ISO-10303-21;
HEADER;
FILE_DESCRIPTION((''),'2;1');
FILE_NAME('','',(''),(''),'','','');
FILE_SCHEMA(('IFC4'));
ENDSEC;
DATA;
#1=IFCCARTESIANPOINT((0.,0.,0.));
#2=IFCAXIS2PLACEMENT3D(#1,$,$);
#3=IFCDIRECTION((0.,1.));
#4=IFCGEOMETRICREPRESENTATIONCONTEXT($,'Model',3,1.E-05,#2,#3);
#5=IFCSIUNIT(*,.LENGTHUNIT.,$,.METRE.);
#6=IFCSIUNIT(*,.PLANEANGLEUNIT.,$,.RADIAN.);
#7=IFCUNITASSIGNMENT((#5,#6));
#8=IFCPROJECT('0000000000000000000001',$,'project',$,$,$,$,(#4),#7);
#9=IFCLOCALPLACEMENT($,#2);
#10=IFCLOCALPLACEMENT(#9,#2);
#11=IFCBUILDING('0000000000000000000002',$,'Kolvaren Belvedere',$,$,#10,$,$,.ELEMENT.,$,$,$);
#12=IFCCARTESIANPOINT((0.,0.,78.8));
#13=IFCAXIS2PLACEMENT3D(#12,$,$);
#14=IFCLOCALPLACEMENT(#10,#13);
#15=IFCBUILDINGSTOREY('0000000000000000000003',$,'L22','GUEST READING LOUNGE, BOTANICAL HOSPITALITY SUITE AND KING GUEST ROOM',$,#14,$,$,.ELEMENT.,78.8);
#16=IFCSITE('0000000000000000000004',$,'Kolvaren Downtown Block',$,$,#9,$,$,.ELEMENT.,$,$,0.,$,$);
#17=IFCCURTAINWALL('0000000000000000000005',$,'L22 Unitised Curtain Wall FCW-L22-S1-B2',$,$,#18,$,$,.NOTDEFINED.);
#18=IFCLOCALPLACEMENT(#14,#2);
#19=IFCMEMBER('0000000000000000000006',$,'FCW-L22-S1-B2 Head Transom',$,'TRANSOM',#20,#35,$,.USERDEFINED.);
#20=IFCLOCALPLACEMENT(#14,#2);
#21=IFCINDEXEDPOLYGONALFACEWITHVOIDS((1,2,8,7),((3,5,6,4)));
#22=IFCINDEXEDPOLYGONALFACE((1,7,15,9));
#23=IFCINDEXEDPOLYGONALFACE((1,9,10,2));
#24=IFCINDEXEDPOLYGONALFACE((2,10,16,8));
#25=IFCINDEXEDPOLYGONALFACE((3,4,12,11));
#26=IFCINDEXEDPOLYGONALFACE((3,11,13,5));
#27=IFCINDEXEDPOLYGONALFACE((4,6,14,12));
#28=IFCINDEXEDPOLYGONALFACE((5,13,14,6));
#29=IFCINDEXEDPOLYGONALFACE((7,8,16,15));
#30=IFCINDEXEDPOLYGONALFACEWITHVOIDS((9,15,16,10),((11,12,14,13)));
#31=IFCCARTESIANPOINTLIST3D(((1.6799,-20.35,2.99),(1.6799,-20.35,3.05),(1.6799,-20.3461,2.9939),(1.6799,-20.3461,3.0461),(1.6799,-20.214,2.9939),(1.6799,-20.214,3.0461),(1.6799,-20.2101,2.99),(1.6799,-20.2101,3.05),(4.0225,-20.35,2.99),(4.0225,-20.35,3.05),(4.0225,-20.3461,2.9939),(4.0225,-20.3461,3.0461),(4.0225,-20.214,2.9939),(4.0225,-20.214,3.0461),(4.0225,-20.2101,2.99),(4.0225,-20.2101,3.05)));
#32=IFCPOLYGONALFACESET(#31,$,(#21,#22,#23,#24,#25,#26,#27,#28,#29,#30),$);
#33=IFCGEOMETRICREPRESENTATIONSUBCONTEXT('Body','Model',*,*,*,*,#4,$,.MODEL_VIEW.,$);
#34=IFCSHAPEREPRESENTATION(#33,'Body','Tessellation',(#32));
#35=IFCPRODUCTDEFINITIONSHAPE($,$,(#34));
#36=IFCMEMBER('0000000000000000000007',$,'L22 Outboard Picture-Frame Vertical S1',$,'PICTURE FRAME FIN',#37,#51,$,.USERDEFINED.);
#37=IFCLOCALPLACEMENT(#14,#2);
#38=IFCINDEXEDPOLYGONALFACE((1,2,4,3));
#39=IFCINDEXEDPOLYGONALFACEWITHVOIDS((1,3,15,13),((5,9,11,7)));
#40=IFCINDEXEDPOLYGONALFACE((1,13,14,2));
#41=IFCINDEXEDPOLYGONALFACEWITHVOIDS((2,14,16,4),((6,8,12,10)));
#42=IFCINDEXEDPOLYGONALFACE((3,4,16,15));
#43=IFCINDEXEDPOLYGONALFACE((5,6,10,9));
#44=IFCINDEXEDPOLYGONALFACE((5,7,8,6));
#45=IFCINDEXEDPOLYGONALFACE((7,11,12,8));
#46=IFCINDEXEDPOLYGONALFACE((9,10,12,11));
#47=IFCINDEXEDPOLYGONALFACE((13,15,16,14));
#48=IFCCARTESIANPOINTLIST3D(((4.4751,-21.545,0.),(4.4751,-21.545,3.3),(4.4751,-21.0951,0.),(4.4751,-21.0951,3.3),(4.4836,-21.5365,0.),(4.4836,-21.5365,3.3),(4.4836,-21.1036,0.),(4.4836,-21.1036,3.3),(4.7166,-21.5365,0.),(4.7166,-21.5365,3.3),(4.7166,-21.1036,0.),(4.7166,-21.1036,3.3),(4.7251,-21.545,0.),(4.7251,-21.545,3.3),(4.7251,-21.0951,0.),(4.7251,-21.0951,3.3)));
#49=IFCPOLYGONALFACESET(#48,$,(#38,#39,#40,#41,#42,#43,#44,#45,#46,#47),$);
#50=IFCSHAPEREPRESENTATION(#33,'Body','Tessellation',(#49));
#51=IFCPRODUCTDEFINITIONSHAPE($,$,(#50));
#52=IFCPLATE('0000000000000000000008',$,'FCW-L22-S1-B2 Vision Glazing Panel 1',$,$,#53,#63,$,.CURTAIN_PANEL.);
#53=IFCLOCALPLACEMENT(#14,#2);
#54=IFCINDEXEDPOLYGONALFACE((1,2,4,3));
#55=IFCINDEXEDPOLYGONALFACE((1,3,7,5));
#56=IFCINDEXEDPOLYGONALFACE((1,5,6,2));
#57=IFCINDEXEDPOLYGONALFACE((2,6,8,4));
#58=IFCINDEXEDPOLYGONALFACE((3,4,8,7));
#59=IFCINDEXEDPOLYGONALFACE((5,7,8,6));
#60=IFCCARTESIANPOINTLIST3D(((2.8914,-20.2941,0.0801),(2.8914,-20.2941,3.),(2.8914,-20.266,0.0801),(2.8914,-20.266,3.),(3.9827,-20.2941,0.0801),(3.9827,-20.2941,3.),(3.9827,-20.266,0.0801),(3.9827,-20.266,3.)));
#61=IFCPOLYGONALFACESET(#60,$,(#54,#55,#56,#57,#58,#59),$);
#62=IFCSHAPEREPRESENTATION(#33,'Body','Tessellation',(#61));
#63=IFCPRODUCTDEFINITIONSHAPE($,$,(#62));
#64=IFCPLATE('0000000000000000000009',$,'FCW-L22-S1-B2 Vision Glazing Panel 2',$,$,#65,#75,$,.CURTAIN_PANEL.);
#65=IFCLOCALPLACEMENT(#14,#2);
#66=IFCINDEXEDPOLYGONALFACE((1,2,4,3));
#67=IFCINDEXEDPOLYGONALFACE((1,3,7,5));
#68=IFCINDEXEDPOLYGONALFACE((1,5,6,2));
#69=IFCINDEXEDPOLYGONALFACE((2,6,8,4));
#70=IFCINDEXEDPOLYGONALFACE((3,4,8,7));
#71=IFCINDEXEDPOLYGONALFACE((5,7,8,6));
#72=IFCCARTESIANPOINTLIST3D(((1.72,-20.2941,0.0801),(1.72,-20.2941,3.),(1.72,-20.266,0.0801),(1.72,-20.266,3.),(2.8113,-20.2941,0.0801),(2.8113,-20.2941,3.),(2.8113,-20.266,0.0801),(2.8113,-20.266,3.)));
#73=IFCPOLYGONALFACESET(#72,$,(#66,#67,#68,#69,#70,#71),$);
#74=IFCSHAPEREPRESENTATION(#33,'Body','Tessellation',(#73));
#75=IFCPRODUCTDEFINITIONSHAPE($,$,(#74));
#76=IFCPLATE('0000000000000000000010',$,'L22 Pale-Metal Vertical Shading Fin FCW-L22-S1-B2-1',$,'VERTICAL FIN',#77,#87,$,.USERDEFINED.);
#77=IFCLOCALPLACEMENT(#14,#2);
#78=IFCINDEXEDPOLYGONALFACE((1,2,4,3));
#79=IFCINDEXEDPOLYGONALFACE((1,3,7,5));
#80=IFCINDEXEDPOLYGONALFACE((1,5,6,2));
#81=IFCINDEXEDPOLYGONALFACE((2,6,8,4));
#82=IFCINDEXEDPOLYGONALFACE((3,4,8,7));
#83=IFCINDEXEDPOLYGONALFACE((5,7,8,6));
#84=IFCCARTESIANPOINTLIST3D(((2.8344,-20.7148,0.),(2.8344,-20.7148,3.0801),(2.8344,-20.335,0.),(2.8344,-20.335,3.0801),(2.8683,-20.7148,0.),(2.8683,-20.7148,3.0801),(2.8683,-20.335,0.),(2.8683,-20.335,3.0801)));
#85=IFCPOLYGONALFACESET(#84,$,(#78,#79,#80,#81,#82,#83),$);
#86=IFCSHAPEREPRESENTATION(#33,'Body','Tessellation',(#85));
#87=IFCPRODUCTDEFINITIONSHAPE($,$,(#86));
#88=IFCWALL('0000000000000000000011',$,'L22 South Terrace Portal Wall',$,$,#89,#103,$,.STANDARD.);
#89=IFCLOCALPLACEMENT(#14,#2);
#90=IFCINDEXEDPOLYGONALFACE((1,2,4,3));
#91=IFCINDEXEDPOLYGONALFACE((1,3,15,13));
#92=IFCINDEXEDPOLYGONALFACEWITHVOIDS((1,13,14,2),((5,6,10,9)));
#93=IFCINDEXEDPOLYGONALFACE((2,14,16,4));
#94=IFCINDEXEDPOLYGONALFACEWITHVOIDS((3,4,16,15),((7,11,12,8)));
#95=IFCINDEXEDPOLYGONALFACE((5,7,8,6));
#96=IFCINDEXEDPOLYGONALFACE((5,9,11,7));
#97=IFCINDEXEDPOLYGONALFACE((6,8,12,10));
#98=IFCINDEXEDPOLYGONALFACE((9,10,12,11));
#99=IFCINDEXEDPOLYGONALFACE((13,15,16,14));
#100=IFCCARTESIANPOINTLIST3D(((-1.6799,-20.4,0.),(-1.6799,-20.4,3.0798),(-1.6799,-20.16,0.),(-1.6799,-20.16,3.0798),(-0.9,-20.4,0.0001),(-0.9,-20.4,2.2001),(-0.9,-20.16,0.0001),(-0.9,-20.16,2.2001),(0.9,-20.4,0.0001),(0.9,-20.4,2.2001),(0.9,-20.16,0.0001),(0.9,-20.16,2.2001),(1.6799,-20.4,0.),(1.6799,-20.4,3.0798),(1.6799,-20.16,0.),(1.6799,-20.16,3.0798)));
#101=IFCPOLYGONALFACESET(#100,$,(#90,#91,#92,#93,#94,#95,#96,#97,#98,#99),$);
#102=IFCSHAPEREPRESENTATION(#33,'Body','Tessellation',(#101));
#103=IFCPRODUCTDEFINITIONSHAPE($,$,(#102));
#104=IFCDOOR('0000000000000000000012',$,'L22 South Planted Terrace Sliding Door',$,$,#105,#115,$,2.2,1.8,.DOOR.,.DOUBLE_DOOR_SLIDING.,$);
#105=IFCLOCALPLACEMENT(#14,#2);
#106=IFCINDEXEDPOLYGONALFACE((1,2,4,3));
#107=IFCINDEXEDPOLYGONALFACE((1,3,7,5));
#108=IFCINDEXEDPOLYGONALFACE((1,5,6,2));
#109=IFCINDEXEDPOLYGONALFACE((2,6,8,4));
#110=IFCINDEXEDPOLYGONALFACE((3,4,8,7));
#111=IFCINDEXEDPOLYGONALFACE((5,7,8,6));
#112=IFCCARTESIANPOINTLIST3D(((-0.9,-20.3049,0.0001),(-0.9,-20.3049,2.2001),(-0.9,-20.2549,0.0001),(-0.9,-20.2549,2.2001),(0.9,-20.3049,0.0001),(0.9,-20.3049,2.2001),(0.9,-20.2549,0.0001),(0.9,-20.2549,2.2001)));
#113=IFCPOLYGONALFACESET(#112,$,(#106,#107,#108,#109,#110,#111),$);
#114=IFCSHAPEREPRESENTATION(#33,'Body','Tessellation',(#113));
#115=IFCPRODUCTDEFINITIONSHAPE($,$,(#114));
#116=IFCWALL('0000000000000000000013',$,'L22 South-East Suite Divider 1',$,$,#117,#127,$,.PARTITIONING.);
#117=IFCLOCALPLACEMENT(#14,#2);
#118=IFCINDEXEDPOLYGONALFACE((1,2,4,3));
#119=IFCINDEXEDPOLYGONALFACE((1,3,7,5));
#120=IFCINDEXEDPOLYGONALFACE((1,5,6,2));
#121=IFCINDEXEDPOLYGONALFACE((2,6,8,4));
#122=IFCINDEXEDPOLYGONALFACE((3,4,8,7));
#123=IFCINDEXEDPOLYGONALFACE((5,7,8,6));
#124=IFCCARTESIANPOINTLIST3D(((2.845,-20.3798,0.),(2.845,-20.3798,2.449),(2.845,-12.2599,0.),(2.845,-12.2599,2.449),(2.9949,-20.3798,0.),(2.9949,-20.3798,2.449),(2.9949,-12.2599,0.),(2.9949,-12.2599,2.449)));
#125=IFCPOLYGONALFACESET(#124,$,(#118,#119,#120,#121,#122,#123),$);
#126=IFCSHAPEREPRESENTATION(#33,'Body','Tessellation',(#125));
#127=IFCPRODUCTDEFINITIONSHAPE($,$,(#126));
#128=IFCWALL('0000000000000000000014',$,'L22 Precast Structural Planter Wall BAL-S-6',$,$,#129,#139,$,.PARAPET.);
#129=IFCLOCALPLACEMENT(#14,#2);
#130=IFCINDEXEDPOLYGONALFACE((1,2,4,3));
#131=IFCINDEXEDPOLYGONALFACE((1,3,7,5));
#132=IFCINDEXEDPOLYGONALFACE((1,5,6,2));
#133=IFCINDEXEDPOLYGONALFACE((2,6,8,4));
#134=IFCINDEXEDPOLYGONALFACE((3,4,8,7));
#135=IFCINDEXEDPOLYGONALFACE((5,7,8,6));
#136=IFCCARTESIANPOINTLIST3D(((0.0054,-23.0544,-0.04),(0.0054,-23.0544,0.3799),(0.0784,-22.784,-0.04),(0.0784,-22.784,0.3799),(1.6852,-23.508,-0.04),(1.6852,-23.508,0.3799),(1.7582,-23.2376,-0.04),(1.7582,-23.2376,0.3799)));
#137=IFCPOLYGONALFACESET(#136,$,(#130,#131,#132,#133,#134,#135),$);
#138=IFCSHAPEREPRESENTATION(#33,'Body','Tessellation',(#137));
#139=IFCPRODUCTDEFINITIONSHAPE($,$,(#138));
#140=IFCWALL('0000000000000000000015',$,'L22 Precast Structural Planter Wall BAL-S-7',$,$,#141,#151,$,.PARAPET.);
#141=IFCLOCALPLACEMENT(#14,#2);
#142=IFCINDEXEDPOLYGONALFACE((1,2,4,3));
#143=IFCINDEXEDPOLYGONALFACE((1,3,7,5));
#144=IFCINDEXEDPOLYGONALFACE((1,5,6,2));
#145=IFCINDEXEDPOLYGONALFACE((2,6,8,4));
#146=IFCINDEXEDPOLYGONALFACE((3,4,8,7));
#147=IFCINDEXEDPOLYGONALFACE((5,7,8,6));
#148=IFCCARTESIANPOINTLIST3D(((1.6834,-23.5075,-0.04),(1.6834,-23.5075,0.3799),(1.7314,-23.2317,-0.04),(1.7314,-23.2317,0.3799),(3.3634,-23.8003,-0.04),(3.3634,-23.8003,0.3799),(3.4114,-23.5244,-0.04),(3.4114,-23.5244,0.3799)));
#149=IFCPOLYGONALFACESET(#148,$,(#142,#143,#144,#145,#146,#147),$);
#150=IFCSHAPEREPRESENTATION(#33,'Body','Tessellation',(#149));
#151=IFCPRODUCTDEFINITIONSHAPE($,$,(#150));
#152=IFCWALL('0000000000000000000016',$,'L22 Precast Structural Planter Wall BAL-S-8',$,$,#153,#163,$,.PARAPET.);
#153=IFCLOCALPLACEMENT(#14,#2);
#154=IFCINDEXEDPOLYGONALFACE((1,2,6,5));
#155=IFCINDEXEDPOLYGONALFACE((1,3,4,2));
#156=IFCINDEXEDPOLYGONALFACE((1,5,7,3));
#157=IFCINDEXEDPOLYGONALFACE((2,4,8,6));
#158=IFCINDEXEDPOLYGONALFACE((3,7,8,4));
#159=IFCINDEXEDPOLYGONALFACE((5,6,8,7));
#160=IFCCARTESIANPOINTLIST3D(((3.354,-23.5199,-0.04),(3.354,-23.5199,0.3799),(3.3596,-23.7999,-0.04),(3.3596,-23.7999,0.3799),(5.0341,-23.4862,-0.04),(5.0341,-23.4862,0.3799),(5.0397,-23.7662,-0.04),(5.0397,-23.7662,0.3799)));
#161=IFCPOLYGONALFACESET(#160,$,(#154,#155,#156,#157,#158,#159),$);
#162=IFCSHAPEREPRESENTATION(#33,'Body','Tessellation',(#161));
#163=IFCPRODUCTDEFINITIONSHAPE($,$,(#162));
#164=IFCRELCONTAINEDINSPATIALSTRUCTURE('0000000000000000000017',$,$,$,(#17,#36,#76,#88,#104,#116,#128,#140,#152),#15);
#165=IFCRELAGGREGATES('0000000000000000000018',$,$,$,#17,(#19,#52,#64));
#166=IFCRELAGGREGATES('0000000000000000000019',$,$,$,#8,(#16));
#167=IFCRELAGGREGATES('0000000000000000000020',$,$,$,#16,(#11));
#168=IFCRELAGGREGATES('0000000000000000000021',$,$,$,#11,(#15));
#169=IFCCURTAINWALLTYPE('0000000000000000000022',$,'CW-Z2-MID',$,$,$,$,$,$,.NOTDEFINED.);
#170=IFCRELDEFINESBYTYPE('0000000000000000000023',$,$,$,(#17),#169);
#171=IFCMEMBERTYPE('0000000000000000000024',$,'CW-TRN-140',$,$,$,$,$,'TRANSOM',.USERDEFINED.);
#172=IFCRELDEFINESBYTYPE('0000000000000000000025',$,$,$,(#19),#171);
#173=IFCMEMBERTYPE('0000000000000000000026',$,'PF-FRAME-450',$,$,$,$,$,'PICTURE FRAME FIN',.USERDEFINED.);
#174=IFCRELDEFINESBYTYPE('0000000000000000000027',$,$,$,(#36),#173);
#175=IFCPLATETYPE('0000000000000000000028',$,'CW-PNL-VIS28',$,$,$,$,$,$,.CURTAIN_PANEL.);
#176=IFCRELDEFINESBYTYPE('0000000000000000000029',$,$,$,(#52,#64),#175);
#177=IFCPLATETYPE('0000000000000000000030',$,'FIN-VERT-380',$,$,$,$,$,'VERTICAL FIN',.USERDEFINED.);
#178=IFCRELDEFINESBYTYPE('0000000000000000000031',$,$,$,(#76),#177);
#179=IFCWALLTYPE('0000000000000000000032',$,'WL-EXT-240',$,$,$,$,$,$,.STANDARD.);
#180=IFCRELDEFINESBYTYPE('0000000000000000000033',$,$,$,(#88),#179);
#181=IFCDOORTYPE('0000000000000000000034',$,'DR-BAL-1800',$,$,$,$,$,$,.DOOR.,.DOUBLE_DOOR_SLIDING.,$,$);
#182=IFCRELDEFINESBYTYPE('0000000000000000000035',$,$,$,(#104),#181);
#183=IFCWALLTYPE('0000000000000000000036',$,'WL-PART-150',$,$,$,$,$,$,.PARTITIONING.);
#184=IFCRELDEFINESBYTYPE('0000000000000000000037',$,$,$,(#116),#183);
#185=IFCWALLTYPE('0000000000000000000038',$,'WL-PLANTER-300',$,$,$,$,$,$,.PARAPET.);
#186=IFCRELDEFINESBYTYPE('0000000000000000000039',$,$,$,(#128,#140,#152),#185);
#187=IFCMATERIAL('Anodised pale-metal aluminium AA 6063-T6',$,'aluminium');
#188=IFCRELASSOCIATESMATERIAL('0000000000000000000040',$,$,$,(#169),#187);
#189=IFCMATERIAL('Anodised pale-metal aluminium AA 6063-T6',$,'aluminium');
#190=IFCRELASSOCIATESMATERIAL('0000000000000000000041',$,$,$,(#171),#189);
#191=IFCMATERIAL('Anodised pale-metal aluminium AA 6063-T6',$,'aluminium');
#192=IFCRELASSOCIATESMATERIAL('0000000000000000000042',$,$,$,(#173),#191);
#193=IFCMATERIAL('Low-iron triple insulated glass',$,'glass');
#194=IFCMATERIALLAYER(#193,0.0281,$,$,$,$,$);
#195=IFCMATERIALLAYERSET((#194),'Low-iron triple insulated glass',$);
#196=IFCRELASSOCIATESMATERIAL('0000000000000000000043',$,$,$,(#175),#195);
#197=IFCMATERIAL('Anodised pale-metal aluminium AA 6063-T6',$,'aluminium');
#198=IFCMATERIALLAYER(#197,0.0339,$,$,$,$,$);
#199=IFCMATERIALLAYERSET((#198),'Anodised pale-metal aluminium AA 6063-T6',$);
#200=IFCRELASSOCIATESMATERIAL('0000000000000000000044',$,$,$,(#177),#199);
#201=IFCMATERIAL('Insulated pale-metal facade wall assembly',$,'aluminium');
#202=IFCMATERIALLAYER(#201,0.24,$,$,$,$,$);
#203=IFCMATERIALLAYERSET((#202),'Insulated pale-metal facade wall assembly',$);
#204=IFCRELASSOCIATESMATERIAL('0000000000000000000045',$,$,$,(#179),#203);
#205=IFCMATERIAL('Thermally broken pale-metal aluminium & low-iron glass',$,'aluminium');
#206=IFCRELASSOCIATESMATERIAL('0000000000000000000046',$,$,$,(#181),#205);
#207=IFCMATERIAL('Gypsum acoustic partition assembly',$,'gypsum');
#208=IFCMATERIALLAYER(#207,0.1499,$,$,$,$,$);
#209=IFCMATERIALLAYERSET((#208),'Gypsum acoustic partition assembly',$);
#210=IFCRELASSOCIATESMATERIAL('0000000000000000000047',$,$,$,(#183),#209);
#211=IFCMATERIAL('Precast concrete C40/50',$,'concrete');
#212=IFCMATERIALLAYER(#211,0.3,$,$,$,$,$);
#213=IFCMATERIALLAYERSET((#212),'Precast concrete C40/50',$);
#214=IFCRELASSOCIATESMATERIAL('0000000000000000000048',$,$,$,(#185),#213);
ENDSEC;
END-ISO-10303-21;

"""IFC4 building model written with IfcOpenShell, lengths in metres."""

from ifc_helpers import new_model, si_unit, direction, frame, frame_2d, origin, origin_2d, place, context, subcontext, project, spatial, rectangle, hollow_rectangle, extrude, material, layer, layer_set, material_profile, profile_set, type_object, element, fill, aggregate, save


model = new_model("IFC4")

# Units and contexts
model_context = context("Model", 3, precision=1e-05, world=origin(), true_north=direction((0.0, 1.0)))
body_context = subcontext(model_context, "Body", "Model", "MODEL_VIEW")
ifc_project = project(units=[si_unit("LENGTHUNIT", "METRE"), si_unit("PLANEANGLEUNIT", "RADIAN")], contexts=[model_context])

# Site, building, storey
site_placement = place(None, origin())
site = spatial("IfcSite", under=ifc_project, at=site_placement, Name="Kolvaren Downtown Block", CompositionType="ELEMENT", RefElevation=0.0)
building_placement = place(site_placement, origin())
building = spatial("IfcBuilding", under=site, at=building_placement, Name="Kolvaren Belvedere", CompositionType="ELEMENT")
storey_placement = place(building_placement, frame((0.0, 0.0, 78.8)))
storey = spatial("IfcBuildingStorey", under=building, at=storey_placement, Name="L22", Description="GUEST READING LOUNGE, BOTANICAL HOSPITALITY SUITE AND KING GUEST ROOM", CompositionType="ELEMENT", Elevation=78.8)

# Curtain wall, member
ifc_material_1 = material(Name="Anodised pale-metal aluminium AA 6063-T6", Category="aluminium")
curtain_wall_type = type_object("IfcCurtainWallType", Name="CW-Z2-MID", PredefinedType="NOTDEFINED", material=ifc_material_1)
curtain_wall_placement = place(storey_placement, origin())
curtain_wall = element("IfcCurtainWall", 1, at=curtain_wall_placement, inside=storey, type_object=curtain_wall_type, Name="L22 Unitised Curtain Wall FCW-L22-S1-B2", PredefinedType="NOTDEFINED")
ifc_material_2 = material(Name="Anodised pale-metal aluminium AA 6063-T6", Category="aluminium")
ifc_material_profile_1 = material_profile(ifc_material_2, hollow_rectangle(XDim=0.0601, YDim=0.1399, WallThickness=0.0039, at=origin_2d()), Name="ALU-TRN-140X60")
ifc_profile_set_1 = profile_set([ifc_material_profile_1], Name="Anodised pale-metal aluminium AA 6063-T6")
member_type_1 = type_object("IfcMemberType", Name="CW-TRN-140", ElementType="TRANSOM", PredefinedType="USERDEFINED", material=ifc_profile_set_1)
member_1_placement = place(storey_placement, frame((4.0225, -20.28, 3.02), z_axis=(-1.0, 0.0, 0.0), x_axis=(0.0, 0.0, 1.0)))
member_1 = element("IfcMember", 2, at=member_1_placement, type_object=member_type_1, Name="FCW-L22-S1-B2 Head Transom", ObjectType="TRANSOM", PredefinedType="USERDEFINED", context=body_context, shape_type="SweptSolid", body=[
    extrude(hollow_rectangle(XDim=0.0601, YDim=0.1399, WallThickness=0.0039, at=origin_2d()), origin(), (0.0, 0.0, 1.0), 2.3425),
])

# Member
ifc_material_3 = material(Name="Anodised pale-metal aluminium AA 6063-T6", Category="aluminium")
ifc_material_profile_2 = material_profile(ifc_material_3, hollow_rectangle(XDim=0.25, YDim=0.45, WallThickness=0.0085, at=origin_2d()), Name="ALU-PF-450X250")
ifc_profile_set_2 = profile_set([ifc_material_profile_2], Name="Anodised pale-metal aluminium AA 6063-T6")
member_type_2 = type_object("IfcMemberType", Name="PF-FRAME-450", ElementType="PICTURE FRAME FIN", PredefinedType="USERDEFINED", material=ifc_profile_set_2)
member_2_placement = place(storey_placement, frame((4.6001, -21.3201, 0.0), z_axis=(0.0, 0.0, 1.0), x_axis=(1.0, 0.0, 0.0)))
element("IfcMember", 3, at=member_2_placement, inside=storey, type_object=member_type_2, Name="L22 Outboard Picture-Frame Vertical S1", ObjectType="PICTURE FRAME FIN", PredefinedType="USERDEFINED", context=body_context, shape_type="SweptSolid", body=[
    extrude(hollow_rectangle(XDim=0.25, YDim=0.45, WallThickness=0.0085, at=origin_2d()), origin(), (0.0, 0.0, 1.0), 3.3),
])

# Plates
ifc_material_4 = material(Name="Low-iron triple insulated glass", Category="glass")
ifc_layer_1 = layer(ifc_material_4, 0.0281)
ifc_layer_set_1 = layer_set([ifc_layer_1], Name="Low-iron triple insulated glass")
plate_type_1 = type_object("IfcPlateType", Name="CW-PNL-VIS28", PredefinedType="CURTAIN_PANEL", material=ifc_layer_set_1)
plate_1_placement = place(storey_placement, frame((3.437, -20.28, 0.0801), z_axis=(0.0, 0.0, 1.0), x_axis=(-1.0, 0.0, 0.0)))
plate_1 = element("IfcPlate", 4, at=plate_1_placement, type_object=plate_type_1, Name="FCW-L22-S1-B2 Vision Glazing Panel 1", PredefinedType="CURTAIN_PANEL", context=body_context, shape_type="SweptSolid", body=[
    extrude(rectangle(XDim=1.0913, YDim=0.0281, at=origin_2d()), origin(), (0.0, 0.0, 1.0), 2.9199),
])
plate_2_placement = place(storey_placement, frame((2.2656, -20.28, 0.0801), z_axis=(0.0, 0.0, 1.0), x_axis=(-1.0, 0.0, 0.0)))
plate_2 = element("IfcPlate", 5, at=plate_2_placement, type_object=plate_type_1, Name="FCW-L22-S1-B2 Vision Glazing Panel 2", PredefinedType="CURTAIN_PANEL", context=body_context, shape_type="SweptSolid", body=[
    extrude(rectangle(XDim=1.0913, YDim=0.0281, at=origin_2d()), origin(), (0.0, 0.0, 1.0), 2.9199),
])
aggregate(curtain_wall, [member_1, plate_1, plate_2])
ifc_material_5 = material(Name="Anodised pale-metal aluminium AA 6063-T6", Category="aluminium")
ifc_layer_2 = layer(ifc_material_5, 0.0339)
ifc_layer_set_2 = layer_set([ifc_layer_2], Name="Anodised pale-metal aluminium AA 6063-T6")
plate_type_2 = type_object("IfcPlateType", Name="FIN-VERT-380", ElementType="VERTICAL FIN", PredefinedType="USERDEFINED", material=ifc_layer_set_2)
plate_3_placement = place(storey_placement, frame((2.8513, -20.5249, 0.0), z_axis=(0.0, 0.0, 1.0), x_axis=(0.0, 1.0, 0.0)))
element("IfcPlate", 6, at=plate_3_placement, inside=storey, type_object=plate_type_2, Name="L22 Pale-Metal Vertical Shading Fin FCW-L22-S1-B2-1", ObjectType="VERTICAL FIN", PredefinedType="USERDEFINED", context=body_context, shape_type="SweptSolid", body=[
    extrude(rectangle(XDim=0.3799, YDim=0.0339, at=origin_2d()), origin(), (0.0, 0.0, 1.0), 3.0801),
])

# Wall, opening, door
ifc_material_6 = material(Name="Insulated pale-metal facade wall assembly", Category="aluminium")
ifc_layer_3 = layer(ifc_material_6, 0.24)
ifc_layer_set_3 = layer_set([ifc_layer_3], Name="Insulated pale-metal facade wall assembly")
wall_type_1 = type_object("IfcWallType", Name="WL-EXT-240", PredefinedType="STANDARD", material=ifc_layer_set_3)
wall_1_placement = place(storey_placement, frame((1.6799, -20.28, 0.0), z_axis=(0.0, 0.0, 1.0), x_axis=(-1.0, 0.0, 0.0)))
wall_1 = element("IfcWall", 7, at=wall_1_placement, inside=storey, type_object=wall_type_1, Name="L22 South Terrace Portal Wall", PredefinedType="STANDARD", context=body_context, shape_type="SweptSolid", body=[
    extrude(rectangle(XDim=3.3599, YDim=0.24, at=frame_2d((1.6799, 0.0))), origin(), (0.0, 0.0, 1.0), 3.0798),
])
opening_1_placement = place(wall_1_placement, frame((0.78, 0.0, 0.0)))
opening_1 = element("IfcOpeningElement", 8, at=opening_1_placement, cuts=wall_1, PredefinedType="OPENING", context=body_context, shape_type="SweptSolid", body=[
    extrude(rectangle(XDim=1.8, YDim=2.2, at=frame_2d((0.8999, 1.1001))), frame((0.0, 0.1299, 0.0), z_axis=(0.0, -1.0, 0.0), x_axis=(1.0, 0.0, 0.0)), (0.0, 0.0, 1.0), 0.26),
])
ifc_material_7 = material(Name="Thermally broken pale-metal aluminium & low-iron glass", Category="aluminium")
door_type_1 = type_object("IfcDoorType", Name="DR-BAL-1800", OperationType="DOUBLE_DOOR_SLIDING", PredefinedType="DOOR", material=ifc_material_7)
door_1_placement = place(opening_1_placement, origin())
door_1 = element("IfcDoor", 9, at=door_1_placement, inside=storey, type_object=door_type_1, Name="L22 South Planted Terrace Sliding Door", OperationType="DOUBLE_DOOR_SLIDING", OverallHeight=2.2, OverallWidth=1.8, PredefinedType="DOOR", context=body_context, shape_type="SweptSolid", body=[
    extrude(rectangle(XDim=1.8, YDim=2.2, at=frame_2d((0.8999, 1.1001))), frame((0.0, 0.0249, 0.0), z_axis=(0.0, -1.0, 0.0), x_axis=(1.0, 0.0, 0.0)), (0.0, 0.0, 1.0), 0.05),
])
fill(opening_1, door_1)

# Walls
ifc_material_8 = material(Name="Gypsum acoustic partition assembly", Category="gypsum")
ifc_layer_4 = layer(ifc_material_8, 0.1499)
ifc_layer_set_4 = layer_set([ifc_layer_4], Name="Gypsum acoustic partition assembly")
wall_type_2 = type_object("IfcWallType", Name="WL-PART-150", PredefinedType="PARTITIONING", material=ifc_layer_set_4)
wall_2_placement = place(storey_placement, frame((2.9199, -20.3799, 0.0), z_axis=(0.0, 0.0, 1.0), x_axis=(0.0, 1.0, 0.0)))
element("IfcWall", 10, at=wall_2_placement, inside=storey, type_object=wall_type_2, Name="L22 South-East Suite Divider 1", PredefinedType="PARTITIONING", context=body_context, shape_type="SweptSolid", body=[
    extrude(rectangle(XDim=8.1199, YDim=0.1499, at=frame_2d((4.0601, 0.0))), origin(), (0.0, 0.0, 1.0), 2.449),
])
ifc_material_9 = material(Name="Precast concrete C40/50", Category="concrete")
ifc_layer_5 = layer(ifc_material_9, 0.3)
ifc_layer_set_5 = layer_set([ifc_layer_5], Name="Precast concrete C40/50")
wall_type_3 = type_object("IfcWallType", Name="WL-PLANTER-300", PredefinedType="PARAPET", material=ifc_layer_set_5)
wall_3_placement = place(storey_placement, frame((0.0417, -22.9192, -0.04), z_axis=(0.0, 0.0, 1.0), x_axis=(0.965424, -0.260683, 0.0)))
element("IfcWall", 11, at=wall_3_placement, inside=storey, type_object=wall_type_3, Name="L22 Precast Structural Planter Wall BAL-S-6", PredefinedType="PARAPET", context=body_context, shape_type="SweptSolid", body=[
    extrude(rectangle(XDim=1.74, YDim=0.28, at=frame_2d((0.8701, 0.0))), origin(), (0.0, 0.0, 1.0), 0.4199),
])
wall_4_placement = place(storey_placement, frame((1.7075, -23.3696, -0.04), z_axis=(0.0, 0.0, 1.0), x_axis=(0.985156, -0.171661, 0.0)))
element("IfcWall", 12, at=wall_4_placement, inside=storey, type_object=wall_type_3, Name="L22 Precast Structural Planter Wall BAL-S-7", PredefinedType="PARAPET", context=body_context, shape_type="SweptSolid", body=[
    extrude(rectangle(XDim=1.7053, YDim=0.28, at=frame_2d((0.8525, 0.0))), origin(), (0.0, 0.0, 1.0), 0.4199),
])
wall_5_placement = place(storey_placement, frame((3.3567, -23.6599, -0.04), z_axis=(0.0, 0.0, 1.0), x_axis=(0.999799, 0.020048, 0.0)))
element("IfcWall", 13, at=wall_5_placement, inside=storey, type_object=wall_type_3, Name="L22 Precast Structural Planter Wall BAL-S-8", PredefinedType="PARAPET", context=body_context, shape_type="SweptSolid", body=[
    extrude(rectangle(XDim=1.6804, YDim=0.28, at=frame_2d((0.8403, 0.0))), origin(), (0.0, 0.0, 1.0), 0.4199),
])

save(model, "model.ifc")
